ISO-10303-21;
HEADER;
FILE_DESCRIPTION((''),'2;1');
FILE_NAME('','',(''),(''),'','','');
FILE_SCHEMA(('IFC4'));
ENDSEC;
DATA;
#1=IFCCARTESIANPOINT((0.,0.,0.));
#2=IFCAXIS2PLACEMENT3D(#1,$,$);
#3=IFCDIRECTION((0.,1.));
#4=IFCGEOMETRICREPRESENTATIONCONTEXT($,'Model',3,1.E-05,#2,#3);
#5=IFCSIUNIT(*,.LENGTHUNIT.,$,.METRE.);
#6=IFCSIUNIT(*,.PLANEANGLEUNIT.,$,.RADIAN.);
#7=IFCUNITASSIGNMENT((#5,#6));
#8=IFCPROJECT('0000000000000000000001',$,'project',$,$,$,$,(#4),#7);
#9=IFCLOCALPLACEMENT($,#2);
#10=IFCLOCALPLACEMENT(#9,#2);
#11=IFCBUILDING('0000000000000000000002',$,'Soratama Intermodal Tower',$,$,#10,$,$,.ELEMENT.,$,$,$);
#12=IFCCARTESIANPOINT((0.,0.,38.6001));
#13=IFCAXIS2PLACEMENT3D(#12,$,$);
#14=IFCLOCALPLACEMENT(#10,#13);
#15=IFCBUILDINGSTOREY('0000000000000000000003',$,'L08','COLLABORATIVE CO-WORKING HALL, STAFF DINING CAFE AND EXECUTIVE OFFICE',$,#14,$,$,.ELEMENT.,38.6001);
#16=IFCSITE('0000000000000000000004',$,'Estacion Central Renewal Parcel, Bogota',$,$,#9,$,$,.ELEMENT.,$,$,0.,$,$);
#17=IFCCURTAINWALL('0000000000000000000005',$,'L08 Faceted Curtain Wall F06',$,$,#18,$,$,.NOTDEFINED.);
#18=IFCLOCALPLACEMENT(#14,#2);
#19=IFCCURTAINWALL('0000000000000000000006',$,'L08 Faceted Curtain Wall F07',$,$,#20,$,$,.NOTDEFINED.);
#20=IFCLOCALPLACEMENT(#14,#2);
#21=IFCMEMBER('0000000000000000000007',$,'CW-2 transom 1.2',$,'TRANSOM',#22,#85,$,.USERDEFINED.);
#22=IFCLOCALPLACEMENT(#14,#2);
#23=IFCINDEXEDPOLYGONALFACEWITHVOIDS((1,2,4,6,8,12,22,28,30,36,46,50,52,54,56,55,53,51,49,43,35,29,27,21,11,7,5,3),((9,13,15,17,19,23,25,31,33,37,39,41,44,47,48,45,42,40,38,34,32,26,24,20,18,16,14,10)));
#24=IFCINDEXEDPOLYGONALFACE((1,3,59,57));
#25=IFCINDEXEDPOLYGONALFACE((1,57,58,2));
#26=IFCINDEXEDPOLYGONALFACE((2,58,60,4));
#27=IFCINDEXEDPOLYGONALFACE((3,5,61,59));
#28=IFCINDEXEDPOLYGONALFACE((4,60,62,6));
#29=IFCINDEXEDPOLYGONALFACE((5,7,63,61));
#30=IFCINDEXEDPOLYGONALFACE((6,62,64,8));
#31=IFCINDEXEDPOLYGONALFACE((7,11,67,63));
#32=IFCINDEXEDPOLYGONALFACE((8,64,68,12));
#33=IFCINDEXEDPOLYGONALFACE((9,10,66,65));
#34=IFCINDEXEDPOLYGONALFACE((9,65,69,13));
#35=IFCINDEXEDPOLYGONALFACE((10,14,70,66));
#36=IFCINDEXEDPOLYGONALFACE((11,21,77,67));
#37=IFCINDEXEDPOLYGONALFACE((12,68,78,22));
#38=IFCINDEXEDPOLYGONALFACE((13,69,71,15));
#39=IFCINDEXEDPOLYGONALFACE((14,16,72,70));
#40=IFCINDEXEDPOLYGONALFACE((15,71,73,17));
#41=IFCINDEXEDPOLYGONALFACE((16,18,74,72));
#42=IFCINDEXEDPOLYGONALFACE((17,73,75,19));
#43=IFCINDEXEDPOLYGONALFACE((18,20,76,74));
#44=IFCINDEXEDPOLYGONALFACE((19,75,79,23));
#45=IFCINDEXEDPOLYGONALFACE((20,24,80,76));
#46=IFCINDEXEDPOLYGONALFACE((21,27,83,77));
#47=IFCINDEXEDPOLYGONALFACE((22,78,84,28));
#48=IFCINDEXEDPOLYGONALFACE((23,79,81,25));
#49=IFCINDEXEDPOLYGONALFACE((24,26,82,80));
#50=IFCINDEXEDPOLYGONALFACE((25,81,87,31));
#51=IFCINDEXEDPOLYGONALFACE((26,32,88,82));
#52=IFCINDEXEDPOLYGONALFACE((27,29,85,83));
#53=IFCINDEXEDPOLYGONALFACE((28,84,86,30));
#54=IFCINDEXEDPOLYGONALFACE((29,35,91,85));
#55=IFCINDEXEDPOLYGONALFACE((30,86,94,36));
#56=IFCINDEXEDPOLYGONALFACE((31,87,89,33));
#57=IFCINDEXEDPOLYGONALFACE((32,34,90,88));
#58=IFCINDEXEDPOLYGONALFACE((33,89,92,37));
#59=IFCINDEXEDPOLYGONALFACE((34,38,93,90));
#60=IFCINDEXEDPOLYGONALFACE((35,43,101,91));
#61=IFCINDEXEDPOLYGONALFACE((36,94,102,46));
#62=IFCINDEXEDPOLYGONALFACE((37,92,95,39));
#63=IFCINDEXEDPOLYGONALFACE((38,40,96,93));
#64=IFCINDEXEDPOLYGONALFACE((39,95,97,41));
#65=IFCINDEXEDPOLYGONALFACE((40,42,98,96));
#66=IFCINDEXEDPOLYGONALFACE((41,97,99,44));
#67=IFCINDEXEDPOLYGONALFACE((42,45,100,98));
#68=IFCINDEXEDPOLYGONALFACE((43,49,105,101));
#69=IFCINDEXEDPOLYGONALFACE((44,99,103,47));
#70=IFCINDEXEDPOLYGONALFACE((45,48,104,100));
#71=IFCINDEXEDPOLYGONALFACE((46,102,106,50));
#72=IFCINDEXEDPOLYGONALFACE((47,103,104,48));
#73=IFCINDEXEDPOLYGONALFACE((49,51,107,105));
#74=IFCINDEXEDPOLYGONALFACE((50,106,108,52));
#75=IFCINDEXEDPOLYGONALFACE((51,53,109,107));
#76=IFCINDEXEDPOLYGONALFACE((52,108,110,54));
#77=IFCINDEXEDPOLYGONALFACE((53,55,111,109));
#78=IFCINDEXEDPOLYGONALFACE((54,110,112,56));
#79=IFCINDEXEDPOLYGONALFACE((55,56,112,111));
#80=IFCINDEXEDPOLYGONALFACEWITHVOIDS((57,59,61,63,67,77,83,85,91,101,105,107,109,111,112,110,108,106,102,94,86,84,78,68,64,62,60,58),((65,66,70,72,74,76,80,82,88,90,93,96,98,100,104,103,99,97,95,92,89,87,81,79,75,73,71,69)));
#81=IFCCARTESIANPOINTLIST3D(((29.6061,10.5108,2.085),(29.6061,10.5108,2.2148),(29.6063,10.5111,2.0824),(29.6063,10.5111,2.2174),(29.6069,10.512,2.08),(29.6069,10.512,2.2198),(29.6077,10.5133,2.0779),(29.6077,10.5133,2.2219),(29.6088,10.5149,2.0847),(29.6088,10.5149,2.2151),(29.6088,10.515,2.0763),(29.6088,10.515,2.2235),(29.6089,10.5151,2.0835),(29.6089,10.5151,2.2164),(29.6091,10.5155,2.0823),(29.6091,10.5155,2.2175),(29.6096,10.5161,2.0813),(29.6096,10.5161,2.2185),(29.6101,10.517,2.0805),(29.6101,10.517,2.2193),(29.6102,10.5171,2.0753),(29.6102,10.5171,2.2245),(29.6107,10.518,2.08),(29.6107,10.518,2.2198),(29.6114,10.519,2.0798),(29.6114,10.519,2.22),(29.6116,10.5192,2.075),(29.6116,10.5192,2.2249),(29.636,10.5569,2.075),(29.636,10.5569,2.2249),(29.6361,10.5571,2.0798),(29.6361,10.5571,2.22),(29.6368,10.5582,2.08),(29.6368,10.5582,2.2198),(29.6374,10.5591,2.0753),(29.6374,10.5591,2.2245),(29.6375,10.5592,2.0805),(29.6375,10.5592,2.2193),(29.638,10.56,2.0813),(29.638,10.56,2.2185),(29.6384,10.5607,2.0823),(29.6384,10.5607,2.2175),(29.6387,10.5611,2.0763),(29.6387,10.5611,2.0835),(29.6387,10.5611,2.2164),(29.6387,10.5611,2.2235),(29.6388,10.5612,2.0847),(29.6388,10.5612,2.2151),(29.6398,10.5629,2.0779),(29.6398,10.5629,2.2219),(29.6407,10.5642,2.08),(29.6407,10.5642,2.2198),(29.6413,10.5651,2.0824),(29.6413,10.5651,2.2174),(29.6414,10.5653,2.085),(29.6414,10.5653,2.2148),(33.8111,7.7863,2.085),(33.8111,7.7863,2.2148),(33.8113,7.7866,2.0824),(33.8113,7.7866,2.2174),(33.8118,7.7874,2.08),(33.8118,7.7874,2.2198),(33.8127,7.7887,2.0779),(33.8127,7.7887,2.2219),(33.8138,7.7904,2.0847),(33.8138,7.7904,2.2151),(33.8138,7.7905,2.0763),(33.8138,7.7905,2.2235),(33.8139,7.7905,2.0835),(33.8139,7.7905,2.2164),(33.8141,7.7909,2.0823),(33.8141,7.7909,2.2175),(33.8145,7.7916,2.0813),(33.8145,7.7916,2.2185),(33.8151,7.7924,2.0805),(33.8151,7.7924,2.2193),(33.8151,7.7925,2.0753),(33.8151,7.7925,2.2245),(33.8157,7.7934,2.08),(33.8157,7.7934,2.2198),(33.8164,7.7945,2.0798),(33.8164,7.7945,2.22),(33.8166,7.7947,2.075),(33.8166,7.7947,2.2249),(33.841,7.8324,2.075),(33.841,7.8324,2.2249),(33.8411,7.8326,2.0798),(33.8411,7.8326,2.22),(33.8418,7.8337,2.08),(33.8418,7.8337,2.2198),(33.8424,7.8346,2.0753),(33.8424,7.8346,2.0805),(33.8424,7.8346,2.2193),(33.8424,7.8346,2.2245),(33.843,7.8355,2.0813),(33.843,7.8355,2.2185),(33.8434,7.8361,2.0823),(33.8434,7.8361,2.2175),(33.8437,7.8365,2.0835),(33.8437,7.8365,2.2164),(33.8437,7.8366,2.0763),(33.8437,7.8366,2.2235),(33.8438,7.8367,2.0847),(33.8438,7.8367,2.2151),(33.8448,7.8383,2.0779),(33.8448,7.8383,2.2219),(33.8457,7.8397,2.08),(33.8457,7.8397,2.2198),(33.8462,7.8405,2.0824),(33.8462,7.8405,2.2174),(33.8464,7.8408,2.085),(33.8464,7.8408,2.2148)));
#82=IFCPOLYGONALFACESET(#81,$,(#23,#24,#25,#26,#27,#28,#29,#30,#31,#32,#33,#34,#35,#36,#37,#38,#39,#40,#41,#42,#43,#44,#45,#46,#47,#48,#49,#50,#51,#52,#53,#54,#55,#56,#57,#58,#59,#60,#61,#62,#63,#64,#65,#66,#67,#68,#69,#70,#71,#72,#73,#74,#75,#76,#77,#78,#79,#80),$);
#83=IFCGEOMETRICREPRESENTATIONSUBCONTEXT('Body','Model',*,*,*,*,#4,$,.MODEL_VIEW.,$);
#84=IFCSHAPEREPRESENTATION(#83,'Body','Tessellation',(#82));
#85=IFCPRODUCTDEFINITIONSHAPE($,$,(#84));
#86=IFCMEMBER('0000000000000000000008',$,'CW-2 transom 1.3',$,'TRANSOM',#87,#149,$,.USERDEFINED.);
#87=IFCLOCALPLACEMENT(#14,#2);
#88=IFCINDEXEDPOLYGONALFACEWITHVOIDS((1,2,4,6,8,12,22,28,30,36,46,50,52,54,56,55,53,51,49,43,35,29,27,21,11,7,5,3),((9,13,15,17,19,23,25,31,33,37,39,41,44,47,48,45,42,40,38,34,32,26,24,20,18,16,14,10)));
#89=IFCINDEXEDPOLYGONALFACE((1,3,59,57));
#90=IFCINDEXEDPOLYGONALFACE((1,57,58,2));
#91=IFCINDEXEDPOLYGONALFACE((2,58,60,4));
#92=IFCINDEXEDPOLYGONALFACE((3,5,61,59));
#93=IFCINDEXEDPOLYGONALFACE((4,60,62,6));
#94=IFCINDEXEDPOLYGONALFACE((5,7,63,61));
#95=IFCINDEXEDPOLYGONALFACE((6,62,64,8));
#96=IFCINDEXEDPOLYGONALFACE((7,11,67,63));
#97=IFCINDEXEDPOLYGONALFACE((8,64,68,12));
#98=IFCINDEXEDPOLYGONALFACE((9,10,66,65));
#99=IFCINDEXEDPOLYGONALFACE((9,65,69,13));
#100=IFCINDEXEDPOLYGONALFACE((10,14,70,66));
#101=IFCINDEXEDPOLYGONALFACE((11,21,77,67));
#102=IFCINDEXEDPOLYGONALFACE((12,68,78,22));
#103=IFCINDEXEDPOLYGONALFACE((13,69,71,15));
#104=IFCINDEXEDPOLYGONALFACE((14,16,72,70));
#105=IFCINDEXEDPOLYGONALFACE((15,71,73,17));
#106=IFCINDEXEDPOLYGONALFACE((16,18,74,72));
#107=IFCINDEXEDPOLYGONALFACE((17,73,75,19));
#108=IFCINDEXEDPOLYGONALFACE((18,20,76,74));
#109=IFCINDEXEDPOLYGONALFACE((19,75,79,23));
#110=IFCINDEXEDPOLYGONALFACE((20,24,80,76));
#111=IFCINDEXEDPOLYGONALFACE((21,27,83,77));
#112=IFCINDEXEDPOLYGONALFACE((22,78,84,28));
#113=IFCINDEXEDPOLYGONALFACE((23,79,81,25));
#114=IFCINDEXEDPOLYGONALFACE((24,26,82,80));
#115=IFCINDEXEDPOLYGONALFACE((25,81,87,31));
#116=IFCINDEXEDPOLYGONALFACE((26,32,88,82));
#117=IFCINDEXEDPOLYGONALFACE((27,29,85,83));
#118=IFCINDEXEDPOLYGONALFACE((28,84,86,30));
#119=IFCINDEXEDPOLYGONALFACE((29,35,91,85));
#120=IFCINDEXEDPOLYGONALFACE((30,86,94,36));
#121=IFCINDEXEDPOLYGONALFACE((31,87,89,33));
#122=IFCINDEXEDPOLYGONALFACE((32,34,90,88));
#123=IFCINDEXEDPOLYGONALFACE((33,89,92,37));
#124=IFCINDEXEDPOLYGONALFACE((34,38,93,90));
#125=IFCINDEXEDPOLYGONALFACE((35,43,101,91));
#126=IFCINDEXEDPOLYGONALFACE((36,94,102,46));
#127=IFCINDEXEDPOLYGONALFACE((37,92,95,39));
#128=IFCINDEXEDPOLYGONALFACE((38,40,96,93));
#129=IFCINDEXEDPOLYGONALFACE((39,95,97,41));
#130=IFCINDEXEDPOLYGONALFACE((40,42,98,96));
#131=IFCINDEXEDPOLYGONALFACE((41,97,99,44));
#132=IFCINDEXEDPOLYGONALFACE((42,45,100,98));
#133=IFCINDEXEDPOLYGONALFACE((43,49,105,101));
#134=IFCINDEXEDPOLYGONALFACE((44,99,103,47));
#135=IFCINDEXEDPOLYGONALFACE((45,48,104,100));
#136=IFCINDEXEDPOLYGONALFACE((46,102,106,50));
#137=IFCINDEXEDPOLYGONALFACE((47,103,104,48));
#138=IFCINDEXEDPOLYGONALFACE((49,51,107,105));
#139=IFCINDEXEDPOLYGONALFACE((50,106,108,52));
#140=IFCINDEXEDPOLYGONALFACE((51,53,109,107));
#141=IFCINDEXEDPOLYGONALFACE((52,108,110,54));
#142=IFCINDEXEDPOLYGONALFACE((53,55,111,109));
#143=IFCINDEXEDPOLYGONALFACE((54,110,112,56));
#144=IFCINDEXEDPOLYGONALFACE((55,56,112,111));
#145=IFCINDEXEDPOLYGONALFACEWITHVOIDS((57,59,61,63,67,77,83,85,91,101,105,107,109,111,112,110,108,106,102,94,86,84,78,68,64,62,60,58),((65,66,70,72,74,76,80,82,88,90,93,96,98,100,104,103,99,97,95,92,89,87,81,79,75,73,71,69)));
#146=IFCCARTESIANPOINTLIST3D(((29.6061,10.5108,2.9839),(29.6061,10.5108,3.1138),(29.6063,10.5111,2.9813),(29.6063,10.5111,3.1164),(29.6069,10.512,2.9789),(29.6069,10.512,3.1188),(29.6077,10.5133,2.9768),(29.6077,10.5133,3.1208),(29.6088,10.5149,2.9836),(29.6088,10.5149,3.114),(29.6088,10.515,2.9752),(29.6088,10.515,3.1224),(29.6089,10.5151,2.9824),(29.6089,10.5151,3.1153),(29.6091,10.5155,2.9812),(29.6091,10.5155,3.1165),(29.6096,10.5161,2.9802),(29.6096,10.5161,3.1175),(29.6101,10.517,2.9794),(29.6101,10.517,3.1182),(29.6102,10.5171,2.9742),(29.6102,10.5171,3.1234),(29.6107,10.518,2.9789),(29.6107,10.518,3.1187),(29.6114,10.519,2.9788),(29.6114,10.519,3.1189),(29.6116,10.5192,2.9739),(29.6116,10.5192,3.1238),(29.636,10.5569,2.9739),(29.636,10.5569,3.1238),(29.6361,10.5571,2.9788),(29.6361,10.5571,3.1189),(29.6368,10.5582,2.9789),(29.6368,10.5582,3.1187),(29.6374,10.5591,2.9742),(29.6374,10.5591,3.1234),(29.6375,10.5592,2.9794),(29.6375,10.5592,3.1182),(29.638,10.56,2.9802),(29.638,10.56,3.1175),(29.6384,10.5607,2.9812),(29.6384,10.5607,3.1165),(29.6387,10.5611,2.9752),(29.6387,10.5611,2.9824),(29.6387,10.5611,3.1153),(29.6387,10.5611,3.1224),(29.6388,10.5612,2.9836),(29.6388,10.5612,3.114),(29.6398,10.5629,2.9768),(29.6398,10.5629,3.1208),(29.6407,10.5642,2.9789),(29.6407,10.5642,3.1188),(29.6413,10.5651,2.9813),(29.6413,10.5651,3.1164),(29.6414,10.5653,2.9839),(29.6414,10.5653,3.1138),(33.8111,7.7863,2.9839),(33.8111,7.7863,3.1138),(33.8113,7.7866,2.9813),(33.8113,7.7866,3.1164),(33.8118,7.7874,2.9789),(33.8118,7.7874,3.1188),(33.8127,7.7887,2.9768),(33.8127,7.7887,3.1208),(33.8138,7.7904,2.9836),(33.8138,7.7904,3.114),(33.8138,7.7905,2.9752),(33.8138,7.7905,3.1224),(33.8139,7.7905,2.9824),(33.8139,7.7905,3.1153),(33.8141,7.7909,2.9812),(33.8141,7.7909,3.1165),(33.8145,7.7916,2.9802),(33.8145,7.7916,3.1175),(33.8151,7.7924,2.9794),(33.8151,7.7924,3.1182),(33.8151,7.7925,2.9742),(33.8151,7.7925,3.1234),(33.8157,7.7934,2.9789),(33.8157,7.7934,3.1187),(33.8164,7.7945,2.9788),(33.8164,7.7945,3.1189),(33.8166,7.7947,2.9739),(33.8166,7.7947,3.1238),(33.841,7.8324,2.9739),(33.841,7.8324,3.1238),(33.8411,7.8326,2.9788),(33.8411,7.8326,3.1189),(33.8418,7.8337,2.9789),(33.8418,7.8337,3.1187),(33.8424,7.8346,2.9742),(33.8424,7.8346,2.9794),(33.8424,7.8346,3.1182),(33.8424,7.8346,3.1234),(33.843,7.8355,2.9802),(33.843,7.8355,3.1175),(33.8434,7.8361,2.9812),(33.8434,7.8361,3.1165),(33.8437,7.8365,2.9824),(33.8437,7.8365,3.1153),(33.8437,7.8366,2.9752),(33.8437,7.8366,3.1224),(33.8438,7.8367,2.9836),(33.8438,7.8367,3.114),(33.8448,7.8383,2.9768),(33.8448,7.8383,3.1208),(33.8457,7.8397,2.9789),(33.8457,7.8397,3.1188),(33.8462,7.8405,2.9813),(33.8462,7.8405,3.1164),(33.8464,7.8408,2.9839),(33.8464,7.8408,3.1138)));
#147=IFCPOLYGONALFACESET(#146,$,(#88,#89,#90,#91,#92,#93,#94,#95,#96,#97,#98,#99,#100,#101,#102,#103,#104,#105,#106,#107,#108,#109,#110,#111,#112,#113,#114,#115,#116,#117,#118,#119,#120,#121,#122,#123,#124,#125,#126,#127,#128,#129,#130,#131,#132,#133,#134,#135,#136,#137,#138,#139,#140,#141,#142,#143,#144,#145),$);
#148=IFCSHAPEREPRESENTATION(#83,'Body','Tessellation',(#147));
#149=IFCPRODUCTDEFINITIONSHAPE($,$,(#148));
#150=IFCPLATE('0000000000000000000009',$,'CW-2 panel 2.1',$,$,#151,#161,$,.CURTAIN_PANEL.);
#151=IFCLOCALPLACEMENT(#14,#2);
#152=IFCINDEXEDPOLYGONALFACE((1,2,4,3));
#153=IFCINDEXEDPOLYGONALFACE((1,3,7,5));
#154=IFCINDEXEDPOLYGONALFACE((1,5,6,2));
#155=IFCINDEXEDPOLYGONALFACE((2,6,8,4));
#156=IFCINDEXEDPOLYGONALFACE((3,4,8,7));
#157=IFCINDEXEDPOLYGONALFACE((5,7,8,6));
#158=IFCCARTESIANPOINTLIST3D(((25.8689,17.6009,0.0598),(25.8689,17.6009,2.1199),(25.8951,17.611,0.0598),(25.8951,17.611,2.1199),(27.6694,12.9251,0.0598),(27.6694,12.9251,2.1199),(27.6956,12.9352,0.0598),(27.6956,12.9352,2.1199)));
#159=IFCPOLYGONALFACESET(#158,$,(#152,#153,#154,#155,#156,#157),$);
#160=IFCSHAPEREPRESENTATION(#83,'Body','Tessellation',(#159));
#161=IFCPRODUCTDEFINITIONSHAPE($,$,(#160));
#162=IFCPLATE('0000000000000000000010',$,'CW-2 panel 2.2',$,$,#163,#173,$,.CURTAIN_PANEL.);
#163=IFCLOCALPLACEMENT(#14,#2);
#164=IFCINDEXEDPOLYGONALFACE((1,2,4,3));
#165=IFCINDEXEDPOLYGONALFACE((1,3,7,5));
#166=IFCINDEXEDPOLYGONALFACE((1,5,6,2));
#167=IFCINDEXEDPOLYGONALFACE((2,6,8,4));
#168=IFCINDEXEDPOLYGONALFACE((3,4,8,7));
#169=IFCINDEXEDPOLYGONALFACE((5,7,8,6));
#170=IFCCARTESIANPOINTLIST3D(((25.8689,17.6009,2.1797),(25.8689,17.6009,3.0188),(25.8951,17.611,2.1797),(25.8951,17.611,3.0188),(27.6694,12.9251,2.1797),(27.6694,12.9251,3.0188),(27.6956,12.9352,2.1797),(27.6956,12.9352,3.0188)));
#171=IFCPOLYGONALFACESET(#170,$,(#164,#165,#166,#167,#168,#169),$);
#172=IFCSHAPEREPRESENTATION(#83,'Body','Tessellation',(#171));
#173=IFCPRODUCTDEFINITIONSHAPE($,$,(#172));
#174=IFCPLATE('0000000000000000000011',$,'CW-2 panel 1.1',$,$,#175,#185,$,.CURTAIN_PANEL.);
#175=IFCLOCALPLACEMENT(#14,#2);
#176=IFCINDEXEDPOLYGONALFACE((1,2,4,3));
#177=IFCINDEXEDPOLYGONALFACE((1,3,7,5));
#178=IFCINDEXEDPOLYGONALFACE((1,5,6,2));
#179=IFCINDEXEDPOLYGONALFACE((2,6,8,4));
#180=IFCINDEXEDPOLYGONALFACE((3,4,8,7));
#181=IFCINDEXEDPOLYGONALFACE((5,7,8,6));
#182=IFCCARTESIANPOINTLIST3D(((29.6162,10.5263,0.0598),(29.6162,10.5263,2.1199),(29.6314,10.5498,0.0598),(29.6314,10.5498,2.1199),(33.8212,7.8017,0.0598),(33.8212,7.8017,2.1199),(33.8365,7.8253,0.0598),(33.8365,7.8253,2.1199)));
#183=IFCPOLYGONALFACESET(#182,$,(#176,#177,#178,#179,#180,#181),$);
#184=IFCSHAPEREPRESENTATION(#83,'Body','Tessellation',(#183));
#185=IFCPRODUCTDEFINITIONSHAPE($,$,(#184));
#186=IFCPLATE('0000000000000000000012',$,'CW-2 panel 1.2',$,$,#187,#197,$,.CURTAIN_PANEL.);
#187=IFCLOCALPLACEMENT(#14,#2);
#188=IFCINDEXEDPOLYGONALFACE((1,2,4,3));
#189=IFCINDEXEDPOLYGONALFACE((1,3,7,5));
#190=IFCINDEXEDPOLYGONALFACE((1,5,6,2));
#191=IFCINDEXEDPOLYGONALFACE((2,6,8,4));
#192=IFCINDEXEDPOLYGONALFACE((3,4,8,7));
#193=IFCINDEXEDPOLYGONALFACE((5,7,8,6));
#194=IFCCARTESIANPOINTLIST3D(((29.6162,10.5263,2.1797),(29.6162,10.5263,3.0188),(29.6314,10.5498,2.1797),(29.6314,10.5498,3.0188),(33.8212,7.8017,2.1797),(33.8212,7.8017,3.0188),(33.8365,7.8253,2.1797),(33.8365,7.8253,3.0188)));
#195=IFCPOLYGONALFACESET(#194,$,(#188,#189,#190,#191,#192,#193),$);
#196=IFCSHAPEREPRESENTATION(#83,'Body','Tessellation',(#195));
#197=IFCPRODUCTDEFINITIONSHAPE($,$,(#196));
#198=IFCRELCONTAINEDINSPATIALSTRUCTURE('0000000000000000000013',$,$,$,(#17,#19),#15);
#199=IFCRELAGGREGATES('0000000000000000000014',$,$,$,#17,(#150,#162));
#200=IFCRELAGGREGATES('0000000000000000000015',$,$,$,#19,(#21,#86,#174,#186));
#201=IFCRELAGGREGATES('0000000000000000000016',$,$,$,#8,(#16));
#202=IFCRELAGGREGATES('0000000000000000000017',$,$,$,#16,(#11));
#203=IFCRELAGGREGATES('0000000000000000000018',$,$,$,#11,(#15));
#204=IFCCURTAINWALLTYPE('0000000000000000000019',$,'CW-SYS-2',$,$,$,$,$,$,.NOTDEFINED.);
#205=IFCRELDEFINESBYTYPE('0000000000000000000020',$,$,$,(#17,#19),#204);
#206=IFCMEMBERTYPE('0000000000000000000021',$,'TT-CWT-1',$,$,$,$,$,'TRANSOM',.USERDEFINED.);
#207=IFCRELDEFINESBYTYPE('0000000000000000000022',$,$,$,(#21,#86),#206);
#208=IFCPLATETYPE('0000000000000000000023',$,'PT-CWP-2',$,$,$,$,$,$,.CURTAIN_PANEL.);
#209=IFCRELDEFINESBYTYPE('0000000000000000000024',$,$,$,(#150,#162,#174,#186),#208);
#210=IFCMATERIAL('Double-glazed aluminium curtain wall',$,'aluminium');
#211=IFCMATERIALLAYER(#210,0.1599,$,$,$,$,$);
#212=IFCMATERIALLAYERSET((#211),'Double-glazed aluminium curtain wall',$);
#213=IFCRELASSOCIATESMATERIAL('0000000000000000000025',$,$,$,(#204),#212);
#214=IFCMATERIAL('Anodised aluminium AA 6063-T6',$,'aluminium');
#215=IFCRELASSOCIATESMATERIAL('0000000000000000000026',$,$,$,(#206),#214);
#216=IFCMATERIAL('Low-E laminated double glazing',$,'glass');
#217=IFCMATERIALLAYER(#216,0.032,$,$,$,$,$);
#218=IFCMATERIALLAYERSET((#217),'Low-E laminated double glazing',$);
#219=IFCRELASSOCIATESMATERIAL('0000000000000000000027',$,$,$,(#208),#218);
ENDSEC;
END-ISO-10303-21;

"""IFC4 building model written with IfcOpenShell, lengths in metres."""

from ifc_helpers import new_model, si_unit, direction, frame, origin, origin_2d, place, context, subcontext, project, spatial, rectangle, hollow_rectangle, extrude, material, layer, layer_set, material_profile, profile_set, type_object, element, aggregate, save


model = new_model("IFC4")

# Units and contexts
model_context = context("Model", 3, precision=1e-05, world=origin(), true_north=direction((0.0, 1.0)))
body_context = subcontext(model_context, "Body", "Model", "MODEL_VIEW")
ifc_project = project(units=[si_unit("LENGTHUNIT", "METRE"), si_unit("PLANEANGLEUNIT", "RADIAN")], contexts=[model_context])

# Site, building, storey
site_placement = place(None, origin())
site = spatial("IfcSite", under=ifc_project, at=site_placement, Name="Estacion Central Renewal Parcel, Bogota", CompositionType="ELEMENT", RefElevation=0.0)
building_placement = place(site_placement, origin())
building = spatial("IfcBuilding", under=site, at=building_placement, Name="Soratama Intermodal Tower", CompositionType="ELEMENT")
storey_placement = place(building_placement, frame((0.0, 0.0, 38.6001)))
storey = spatial("IfcBuildingStorey", under=building, at=storey_placement, Name="L08", Description="COLLABORATIVE CO-WORKING HALL, STAFF DINING CAFE AND EXECUTIVE OFFICE", CompositionType="ELEMENT", Elevation=38.6001)

# Curtain walls
ifc_material_1 = material(Name="Double-glazed aluminium curtain wall", Category="aluminium")
ifc_layer_1 = layer(ifc_material_1, 0.1599)
ifc_layer_set_1 = layer_set([ifc_layer_1], Name="Double-glazed aluminium curtain wall")
curtain_wall_type = type_object("IfcCurtainWallType", Name="CW-SYS-2", PredefinedType="NOTDEFINED", material=ifc_layer_set_1)
curtain_wall_1_placement = place(storey_placement, origin())
curtain_wall_1 = element("IfcCurtainWall", 1, at=curtain_wall_1_placement, inside=storey, type_object=curtain_wall_type, Name="L08 Faceted Curtain Wall F06", PredefinedType="NOTDEFINED")
curtain_wall_2_placement = place(storey_placement, origin())
curtain_wall_2 = element("IfcCurtainWall", 2, at=curtain_wall_2_placement, inside=storey, type_object=curtain_wall_type, Name="L08 Faceted Curtain Wall F07", PredefinedType="NOTDEFINED")

# Members
ifc_material_2 = material(Name="Anodised aluminium AA 6063-T6", Category="aluminium")
ifc_material_profile_1 = material_profile(ifc_material_2, hollow_rectangle(XDim=0.0649, YDim=0.1499, WallThickness=0.0049, InnerFilletRadius=0.0049, OuterFilletRadius=0.01, at=origin_2d()), Name="CWT150X65X5")
ifc_profile_set_1 = profile_set([ifc_material_profile_1], Name="Anodised aluminium AA 6063-T6")
member_type_1 = type_object("IfcMemberType", Name="TT-CWT-1", ElementType="TRANSOM", PredefinedType="USERDEFINED", material=ifc_profile_set_1)
member_1_placement = place(storey_placement, frame((29.6238, 10.5381, 2.1499), z_axis=(0.839235, -0.543768, 0.0), x_axis=(0.543768, 0.839235, 0.0)))
member_1 = element("IfcMember", 3, at=member_1_placement, type_object=member_type_1, Name="CW-2 transom 1.2", ObjectType="TRANSOM", PredefinedType="USERDEFINED", context=body_context, shape_type="SweptSolid", body=[
    extrude(hollow_rectangle(XDim=0.0649, YDim=0.1499, WallThickness=0.0049, InnerFilletRadius=0.0049, OuterFilletRadius=0.01, at=origin_2d()), origin(), (0.0, 0.0, 1.0), 5.0105),
])
member_2_placement = place(storey_placement, frame((29.6238, 10.5381, 3.0488), z_axis=(0.839235, -0.543768, 0.0), x_axis=(0.543768, 0.839235, 0.0)))
member_2 = element("IfcMember", 4, at=member_2_placement, type_object=member_type_1, Name="CW-2 transom 1.3", ObjectType="TRANSOM", PredefinedType="USERDEFINED", context=body_context, shape_type="SweptSolid", body=[
    extrude(hollow_rectangle(XDim=0.0649, YDim=0.1499, WallThickness=0.0049, InnerFilletRadius=0.0049, OuterFilletRadius=0.01, at=origin_2d()), origin(), (0.0, 0.0, 1.0), 5.0105),
])

# Plates
ifc_material_3 = material(Name="Low-E laminated double glazing", Category="glass")
ifc_layer_2 = layer(ifc_material_3, 0.032)
ifc_layer_set_2 = layer_set([ifc_layer_2], Name="Low-E laminated double glazing")
plate_type = type_object("IfcPlateType", Name="PT-CWP-2", PredefinedType="CURTAIN_PANEL", material=ifc_layer_set_2)
plate_1_placement = place(storey_placement, frame((26.7822, 15.2681, 0.0598), z_axis=(0.0, 0.0, 1.0), x_axis=(0.359341, -0.933206, 0.0)))
plate_1 = element("IfcPlate", 5, at=plate_1_placement, type_object=plate_type, Name="CW-2 panel 2.1", PredefinedType="CURTAIN_PANEL", context=body_context, shape_type="SweptSolid", body=[
    extrude(rectangle(XDim=5.0105, YDim=0.0281, at=origin_2d()), origin(), (0.0, 0.0, 1.0), 2.0601),
])
plate_2_placement = place(storey_placement, frame((26.7822, 15.2681, 2.1797), z_axis=(0.0, 0.0, 1.0), x_axis=(0.359341, -0.933206, 0.0)))
plate_2 = element("IfcPlate", 6, at=plate_2_placement, type_object=plate_type, Name="CW-2 panel 2.2", PredefinedType="CURTAIN_PANEL", context=body_context, shape_type="SweptSolid", body=[
    extrude(rectangle(XDim=5.0105, YDim=0.0281, at=origin_2d()), origin(), (0.0, 0.0, 1.0), 0.8391),
])
aggregate(curtain_wall_1, [plate_1, plate_2])
plate_3_placement = place(storey_placement, frame((31.7263, 9.1758, 0.0598), z_axis=(0.0, 0.0, 1.0), x_axis=(0.839239, -0.543763, 0.0)))
plate_3 = element("IfcPlate", 7, at=plate_3_placement, type_object=plate_type, Name="CW-2 panel 1.1", PredefinedType="CURTAIN_PANEL", context=body_context, shape_type="SweptSolid", body=[
    extrude(rectangle(XDim=5.0105, YDim=0.0281, at=origin_2d()), origin(), (0.0, 0.0, 1.0), 2.0601),
])
plate_4_placement = place(storey_placement, frame((31.7263, 9.1758, 2.1797), z_axis=(0.0, 0.0, 1.0), x_axis=(0.839239, -0.543763, 0.0)))
plate_4 = element("IfcPlate", 8, at=plate_4_placement, type_object=plate_type, Name="CW-2 panel 1.2", PredefinedType="CURTAIN_PANEL", context=body_context, shape_type="SweptSolid", body=[
    extrude(rectangle(XDim=5.0105, YDim=0.0281, at=origin_2d()), origin(), (0.0, 0.0, 1.0), 0.8391),
])
aggregate(curtain_wall_2, [member_1, member_2, plate_3, plate_4])

save(model, "model.ifc")
